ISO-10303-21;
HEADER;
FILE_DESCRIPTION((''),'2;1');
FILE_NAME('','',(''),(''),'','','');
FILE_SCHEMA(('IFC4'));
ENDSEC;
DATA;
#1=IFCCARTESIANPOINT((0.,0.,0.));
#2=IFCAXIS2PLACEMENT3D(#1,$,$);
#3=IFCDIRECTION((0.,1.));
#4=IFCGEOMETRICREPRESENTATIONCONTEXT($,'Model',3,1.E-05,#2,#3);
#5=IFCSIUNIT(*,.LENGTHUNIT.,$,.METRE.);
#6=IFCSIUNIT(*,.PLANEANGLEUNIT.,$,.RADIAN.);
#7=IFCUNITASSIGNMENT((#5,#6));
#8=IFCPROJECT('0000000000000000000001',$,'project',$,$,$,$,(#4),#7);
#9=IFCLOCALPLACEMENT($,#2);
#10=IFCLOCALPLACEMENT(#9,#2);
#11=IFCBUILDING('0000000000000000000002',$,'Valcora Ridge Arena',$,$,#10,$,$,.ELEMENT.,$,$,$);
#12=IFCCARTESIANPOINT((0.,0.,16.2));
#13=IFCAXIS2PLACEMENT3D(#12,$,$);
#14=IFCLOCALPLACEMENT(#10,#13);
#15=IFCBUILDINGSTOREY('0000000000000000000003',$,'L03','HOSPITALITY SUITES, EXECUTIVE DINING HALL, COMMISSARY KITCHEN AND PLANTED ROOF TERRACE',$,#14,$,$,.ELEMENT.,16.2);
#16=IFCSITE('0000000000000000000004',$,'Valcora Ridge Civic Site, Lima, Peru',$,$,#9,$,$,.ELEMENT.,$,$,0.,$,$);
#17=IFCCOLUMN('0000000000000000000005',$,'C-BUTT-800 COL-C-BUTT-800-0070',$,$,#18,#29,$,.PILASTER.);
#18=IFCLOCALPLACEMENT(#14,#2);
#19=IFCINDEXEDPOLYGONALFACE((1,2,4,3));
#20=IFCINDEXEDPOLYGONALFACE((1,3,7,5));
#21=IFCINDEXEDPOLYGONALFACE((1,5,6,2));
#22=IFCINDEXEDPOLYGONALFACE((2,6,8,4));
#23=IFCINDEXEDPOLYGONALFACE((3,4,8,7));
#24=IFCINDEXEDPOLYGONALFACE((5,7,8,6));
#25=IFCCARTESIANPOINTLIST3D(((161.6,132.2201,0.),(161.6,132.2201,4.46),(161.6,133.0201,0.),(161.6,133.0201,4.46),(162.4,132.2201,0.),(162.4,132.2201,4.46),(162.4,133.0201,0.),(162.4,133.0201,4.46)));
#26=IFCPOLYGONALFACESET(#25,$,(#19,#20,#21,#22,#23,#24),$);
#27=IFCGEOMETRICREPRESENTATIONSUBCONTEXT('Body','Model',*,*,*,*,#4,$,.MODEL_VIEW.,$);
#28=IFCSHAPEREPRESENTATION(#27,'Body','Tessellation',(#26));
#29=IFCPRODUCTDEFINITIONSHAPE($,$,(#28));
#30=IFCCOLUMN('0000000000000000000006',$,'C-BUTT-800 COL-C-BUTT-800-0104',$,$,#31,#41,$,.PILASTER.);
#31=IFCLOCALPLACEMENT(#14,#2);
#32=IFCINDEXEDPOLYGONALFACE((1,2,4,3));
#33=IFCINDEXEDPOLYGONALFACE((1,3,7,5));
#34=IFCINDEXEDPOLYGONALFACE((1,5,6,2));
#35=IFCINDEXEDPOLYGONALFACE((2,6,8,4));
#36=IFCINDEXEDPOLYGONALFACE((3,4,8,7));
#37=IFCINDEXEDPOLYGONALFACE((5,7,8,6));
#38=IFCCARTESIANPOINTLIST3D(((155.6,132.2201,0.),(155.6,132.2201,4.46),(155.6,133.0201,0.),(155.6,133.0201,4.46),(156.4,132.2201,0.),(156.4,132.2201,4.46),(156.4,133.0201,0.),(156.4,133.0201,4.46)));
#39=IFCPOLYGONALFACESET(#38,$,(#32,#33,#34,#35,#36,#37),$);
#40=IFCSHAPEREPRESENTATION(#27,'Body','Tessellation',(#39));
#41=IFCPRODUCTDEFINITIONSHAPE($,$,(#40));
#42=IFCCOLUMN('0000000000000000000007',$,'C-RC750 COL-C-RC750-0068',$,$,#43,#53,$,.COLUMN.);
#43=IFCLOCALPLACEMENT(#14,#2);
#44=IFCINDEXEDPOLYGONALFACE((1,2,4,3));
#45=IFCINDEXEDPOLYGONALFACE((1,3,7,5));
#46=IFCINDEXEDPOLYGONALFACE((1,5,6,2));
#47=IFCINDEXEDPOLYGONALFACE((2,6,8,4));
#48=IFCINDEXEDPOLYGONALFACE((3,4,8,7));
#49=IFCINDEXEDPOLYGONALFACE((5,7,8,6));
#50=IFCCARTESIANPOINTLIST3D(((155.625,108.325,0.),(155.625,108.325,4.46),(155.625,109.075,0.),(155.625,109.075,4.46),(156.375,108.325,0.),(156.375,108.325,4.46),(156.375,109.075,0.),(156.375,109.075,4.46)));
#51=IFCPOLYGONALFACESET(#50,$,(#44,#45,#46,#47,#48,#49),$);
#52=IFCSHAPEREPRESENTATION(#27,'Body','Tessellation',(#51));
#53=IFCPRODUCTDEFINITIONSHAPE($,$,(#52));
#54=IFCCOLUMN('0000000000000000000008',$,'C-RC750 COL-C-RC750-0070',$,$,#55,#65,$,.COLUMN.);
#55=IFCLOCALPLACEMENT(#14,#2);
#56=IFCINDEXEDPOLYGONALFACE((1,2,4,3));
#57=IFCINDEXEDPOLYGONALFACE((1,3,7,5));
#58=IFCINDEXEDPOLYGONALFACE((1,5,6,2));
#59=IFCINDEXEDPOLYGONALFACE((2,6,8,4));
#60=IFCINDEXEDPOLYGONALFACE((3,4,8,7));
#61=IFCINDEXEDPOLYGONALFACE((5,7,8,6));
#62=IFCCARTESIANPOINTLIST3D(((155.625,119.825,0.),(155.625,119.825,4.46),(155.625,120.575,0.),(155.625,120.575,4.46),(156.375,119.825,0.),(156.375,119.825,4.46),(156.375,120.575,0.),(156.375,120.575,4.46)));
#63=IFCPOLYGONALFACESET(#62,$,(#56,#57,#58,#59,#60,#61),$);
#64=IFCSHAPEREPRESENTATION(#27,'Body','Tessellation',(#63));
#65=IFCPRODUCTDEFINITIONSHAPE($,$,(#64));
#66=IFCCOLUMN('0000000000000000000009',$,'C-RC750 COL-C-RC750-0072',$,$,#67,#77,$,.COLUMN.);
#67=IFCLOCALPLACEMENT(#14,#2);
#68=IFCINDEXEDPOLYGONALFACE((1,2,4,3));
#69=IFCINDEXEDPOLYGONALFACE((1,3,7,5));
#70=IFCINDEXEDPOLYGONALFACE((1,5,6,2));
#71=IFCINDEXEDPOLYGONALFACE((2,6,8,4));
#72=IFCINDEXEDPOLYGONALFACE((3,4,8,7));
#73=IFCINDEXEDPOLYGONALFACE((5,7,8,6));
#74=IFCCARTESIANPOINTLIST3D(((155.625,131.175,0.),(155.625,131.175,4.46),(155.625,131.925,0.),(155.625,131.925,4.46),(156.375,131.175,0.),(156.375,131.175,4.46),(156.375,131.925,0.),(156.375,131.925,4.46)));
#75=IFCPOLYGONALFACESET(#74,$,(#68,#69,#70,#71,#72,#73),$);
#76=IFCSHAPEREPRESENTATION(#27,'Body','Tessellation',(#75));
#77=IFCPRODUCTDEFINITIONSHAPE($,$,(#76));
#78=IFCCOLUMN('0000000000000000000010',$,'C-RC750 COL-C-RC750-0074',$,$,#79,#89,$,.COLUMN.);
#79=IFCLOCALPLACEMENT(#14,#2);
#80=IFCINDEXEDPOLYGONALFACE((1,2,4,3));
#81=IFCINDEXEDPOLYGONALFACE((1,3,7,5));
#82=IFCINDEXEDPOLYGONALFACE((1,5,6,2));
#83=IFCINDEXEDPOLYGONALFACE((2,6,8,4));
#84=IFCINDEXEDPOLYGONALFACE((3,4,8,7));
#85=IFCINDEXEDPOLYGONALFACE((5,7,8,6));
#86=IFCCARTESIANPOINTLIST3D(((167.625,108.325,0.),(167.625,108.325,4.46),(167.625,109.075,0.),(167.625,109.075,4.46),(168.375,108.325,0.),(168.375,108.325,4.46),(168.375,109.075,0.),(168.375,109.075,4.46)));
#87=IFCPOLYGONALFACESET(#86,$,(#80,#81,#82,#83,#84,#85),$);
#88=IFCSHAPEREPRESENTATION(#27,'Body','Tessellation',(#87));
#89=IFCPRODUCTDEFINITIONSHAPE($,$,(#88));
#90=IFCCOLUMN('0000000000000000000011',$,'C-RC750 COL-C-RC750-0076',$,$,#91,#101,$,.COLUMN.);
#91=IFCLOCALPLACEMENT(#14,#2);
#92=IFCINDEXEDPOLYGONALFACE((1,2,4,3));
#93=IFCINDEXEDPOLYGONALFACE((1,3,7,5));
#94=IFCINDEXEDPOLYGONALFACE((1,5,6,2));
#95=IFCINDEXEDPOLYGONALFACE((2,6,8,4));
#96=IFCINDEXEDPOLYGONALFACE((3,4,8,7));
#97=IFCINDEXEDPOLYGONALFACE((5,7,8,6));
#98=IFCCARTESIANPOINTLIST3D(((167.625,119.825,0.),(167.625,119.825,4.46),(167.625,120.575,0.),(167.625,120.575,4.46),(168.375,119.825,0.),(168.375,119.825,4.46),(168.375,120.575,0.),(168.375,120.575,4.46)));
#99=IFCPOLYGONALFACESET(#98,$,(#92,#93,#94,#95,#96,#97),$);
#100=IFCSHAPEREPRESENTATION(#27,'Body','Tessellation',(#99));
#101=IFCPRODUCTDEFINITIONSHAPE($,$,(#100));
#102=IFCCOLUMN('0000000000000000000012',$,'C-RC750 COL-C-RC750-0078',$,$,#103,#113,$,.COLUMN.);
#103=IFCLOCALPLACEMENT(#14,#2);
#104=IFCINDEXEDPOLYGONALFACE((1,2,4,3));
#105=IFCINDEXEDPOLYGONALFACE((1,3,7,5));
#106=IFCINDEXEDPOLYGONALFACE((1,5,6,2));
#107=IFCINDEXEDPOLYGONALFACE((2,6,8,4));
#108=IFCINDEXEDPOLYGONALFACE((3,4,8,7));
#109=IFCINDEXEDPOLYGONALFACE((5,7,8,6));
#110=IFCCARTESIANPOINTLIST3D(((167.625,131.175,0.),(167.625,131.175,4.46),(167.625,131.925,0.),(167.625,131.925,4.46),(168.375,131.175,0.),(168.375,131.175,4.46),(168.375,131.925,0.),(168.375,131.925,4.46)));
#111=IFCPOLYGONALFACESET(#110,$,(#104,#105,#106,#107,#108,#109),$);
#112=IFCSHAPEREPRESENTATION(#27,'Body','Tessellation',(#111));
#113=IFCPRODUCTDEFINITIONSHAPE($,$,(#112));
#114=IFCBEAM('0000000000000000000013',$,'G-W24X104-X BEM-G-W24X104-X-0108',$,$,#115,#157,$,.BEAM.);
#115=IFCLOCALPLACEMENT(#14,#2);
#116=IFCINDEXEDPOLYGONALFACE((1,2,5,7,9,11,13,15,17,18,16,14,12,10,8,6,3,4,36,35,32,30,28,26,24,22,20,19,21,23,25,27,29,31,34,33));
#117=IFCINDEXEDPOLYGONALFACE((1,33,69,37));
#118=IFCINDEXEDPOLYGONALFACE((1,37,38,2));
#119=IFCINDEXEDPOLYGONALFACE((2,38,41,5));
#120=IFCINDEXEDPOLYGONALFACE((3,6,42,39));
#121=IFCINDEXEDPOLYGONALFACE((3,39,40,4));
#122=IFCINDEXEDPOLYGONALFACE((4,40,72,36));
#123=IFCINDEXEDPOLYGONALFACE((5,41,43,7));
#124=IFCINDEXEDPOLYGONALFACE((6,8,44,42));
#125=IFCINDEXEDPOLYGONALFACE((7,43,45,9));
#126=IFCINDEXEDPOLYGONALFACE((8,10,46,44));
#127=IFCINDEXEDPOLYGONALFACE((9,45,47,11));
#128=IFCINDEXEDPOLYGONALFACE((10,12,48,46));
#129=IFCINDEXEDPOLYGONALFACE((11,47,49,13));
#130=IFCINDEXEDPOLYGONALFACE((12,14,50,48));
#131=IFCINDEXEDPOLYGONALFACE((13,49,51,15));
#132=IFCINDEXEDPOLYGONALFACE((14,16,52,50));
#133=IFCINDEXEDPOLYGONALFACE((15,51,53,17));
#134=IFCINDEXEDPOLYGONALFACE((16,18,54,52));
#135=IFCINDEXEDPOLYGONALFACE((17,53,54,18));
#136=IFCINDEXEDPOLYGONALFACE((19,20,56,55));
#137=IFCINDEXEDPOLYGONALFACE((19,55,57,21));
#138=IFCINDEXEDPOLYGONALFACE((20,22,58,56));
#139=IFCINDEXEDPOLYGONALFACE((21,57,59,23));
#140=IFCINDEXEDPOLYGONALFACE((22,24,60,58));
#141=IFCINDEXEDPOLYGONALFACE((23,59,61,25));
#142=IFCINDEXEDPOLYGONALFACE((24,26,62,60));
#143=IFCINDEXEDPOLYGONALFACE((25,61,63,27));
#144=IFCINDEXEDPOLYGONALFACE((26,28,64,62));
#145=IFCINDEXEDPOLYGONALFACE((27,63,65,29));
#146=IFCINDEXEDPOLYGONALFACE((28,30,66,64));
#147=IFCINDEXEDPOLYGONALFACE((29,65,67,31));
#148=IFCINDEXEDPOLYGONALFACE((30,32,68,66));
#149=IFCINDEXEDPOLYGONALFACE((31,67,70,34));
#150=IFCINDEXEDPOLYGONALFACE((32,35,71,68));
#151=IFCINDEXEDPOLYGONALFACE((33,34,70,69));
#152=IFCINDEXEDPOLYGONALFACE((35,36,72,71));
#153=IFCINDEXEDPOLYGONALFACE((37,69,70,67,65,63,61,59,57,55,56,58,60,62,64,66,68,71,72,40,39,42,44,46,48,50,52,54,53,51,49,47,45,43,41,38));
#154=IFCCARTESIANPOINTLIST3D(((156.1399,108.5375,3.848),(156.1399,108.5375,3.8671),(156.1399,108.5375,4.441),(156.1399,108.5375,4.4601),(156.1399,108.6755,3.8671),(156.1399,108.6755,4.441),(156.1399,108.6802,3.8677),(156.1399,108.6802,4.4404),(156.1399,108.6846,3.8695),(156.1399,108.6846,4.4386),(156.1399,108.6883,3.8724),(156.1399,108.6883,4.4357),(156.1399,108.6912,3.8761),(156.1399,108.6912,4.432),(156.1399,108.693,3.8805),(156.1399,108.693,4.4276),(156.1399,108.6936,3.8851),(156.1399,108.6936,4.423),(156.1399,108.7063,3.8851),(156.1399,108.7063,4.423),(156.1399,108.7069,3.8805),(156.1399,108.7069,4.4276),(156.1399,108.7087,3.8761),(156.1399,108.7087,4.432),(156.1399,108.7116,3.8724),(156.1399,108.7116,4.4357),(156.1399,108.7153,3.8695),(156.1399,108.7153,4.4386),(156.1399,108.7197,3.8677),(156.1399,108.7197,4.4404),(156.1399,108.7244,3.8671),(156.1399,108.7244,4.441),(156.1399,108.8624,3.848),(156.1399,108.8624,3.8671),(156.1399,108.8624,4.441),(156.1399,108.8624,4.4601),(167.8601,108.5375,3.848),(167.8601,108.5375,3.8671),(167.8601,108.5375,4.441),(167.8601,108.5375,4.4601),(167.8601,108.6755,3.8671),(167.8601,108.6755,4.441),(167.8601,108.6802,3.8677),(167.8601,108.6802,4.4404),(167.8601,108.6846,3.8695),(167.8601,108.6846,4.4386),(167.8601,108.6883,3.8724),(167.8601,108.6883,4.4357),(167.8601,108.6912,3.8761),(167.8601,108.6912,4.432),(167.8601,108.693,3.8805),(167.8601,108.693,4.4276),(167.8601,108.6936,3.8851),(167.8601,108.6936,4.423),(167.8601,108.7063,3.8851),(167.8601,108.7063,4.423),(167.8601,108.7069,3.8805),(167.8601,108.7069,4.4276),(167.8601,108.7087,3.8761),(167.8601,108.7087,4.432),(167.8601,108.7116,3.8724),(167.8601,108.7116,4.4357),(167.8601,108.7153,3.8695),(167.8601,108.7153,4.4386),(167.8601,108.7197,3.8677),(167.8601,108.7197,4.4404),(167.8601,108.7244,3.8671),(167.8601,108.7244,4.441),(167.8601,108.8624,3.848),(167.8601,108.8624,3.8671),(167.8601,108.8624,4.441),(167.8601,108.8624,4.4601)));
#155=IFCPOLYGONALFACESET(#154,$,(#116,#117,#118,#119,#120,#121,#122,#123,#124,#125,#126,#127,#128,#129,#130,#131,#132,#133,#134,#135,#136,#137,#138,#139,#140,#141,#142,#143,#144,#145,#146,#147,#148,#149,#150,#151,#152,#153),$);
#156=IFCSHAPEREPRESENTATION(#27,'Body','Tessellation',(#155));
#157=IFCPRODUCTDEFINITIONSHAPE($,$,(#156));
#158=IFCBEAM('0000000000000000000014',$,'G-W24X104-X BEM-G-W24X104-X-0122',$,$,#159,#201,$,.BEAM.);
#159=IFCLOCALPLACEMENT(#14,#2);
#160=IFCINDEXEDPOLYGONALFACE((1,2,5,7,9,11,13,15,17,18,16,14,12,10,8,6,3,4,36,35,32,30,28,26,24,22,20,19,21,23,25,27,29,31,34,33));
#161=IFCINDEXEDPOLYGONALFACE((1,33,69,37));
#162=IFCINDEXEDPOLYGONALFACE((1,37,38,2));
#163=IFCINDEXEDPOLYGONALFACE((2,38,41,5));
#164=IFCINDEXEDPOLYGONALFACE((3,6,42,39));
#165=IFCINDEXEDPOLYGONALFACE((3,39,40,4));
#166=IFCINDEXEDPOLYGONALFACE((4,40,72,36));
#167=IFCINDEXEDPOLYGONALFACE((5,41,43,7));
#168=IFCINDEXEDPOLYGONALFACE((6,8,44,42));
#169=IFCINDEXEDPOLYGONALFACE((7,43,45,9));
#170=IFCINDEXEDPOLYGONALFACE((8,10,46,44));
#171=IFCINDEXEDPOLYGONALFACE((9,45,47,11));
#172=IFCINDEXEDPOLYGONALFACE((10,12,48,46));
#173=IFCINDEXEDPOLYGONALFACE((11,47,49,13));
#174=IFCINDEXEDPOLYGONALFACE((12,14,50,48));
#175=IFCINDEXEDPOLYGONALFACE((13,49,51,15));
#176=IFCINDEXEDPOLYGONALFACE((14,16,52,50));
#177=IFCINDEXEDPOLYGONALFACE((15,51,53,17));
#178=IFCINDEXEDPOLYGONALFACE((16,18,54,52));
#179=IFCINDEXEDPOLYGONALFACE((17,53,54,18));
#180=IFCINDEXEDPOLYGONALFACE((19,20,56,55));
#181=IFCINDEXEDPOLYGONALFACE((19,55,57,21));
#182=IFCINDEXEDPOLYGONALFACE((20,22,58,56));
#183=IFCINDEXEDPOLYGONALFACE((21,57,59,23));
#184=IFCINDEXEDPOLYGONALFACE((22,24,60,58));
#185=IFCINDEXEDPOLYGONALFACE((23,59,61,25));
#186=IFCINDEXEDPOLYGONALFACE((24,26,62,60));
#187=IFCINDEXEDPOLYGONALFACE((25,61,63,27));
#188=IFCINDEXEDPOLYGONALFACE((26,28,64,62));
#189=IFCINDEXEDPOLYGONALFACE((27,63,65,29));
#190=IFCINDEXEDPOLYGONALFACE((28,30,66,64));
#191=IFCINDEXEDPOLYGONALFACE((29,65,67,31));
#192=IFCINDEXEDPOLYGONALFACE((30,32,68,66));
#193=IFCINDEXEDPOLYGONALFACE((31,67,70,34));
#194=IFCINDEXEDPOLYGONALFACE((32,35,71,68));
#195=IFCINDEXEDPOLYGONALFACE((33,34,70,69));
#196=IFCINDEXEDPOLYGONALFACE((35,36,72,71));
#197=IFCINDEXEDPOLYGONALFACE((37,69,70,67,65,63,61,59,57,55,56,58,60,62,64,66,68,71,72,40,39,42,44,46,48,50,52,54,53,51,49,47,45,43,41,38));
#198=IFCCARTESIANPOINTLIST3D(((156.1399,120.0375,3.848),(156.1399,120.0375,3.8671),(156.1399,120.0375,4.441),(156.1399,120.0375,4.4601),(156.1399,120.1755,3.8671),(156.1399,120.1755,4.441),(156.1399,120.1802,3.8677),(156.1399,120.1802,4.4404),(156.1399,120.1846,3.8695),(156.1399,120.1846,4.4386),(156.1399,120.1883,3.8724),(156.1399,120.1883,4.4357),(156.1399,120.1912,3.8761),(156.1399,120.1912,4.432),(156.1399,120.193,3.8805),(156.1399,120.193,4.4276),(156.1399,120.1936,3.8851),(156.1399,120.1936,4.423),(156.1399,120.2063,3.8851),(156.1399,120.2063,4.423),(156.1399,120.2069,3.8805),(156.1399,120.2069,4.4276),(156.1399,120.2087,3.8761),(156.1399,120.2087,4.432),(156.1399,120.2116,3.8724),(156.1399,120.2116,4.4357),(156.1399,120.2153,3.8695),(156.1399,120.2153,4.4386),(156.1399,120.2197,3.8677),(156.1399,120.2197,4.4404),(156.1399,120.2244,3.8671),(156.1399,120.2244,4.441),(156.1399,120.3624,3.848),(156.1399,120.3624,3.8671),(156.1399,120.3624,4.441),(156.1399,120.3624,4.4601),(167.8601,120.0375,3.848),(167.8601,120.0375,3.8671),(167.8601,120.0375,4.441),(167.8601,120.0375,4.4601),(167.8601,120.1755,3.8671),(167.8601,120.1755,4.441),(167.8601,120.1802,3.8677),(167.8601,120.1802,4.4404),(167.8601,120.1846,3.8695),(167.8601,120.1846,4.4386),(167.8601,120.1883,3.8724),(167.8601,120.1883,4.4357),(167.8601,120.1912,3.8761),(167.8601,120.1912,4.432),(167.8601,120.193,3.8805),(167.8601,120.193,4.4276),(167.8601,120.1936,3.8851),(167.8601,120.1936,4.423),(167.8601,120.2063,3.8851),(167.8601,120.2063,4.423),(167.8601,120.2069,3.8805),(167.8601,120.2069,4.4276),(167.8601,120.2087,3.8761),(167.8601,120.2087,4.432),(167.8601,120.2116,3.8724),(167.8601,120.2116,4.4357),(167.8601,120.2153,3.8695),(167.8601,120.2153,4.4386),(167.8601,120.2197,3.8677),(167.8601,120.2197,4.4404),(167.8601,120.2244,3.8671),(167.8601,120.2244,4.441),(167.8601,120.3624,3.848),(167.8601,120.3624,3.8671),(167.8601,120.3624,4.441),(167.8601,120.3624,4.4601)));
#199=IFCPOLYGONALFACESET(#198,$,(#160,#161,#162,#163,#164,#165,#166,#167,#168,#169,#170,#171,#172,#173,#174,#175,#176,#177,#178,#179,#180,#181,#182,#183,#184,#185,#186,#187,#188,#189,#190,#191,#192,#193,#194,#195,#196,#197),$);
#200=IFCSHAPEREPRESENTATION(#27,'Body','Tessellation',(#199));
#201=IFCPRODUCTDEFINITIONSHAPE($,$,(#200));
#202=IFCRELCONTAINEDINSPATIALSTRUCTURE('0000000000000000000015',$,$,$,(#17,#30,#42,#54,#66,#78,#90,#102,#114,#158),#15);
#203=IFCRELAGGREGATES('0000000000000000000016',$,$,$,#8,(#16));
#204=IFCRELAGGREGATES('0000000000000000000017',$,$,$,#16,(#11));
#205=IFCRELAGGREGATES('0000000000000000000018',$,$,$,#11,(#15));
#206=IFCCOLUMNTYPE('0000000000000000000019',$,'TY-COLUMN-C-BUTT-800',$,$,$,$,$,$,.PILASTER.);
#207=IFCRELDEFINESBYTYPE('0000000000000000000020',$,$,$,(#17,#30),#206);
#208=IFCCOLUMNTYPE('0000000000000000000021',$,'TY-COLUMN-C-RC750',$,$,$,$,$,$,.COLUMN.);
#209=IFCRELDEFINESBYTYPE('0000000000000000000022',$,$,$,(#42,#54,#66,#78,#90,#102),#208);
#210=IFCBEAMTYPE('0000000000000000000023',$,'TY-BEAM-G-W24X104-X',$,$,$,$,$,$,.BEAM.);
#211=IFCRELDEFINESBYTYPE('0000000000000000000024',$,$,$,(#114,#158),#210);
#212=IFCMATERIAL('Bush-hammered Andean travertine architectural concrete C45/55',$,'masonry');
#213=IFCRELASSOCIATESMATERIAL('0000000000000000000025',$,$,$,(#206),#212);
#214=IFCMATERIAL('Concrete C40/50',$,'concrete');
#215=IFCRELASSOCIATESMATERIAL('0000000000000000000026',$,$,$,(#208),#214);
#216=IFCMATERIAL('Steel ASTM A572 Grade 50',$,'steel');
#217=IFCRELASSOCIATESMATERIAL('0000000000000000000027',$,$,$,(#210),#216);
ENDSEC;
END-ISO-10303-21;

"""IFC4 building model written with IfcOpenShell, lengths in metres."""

from ifc_helpers import new_model, si_unit, direction, frame, origin, origin_2d, place, context, subcontext, project, spatial, rectangle, i_section, extrude, material, material_profile, profile_set, type_object, element, save


model = new_model("IFC4")

# Units and contexts
model_context = context("Model", 3, precision=1e-05, world=origin(), true_north=direction((0.0, 1.0)))
body_context = subcontext(model_context, "Body", "Model", "MODEL_VIEW")
ifc_project = project(units=[si_unit("LENGTHUNIT", "METRE"), si_unit("PLANEANGLEUNIT", "RADIAN")], contexts=[model_context])

# Site, building, storey
site_placement = place(None, origin())
site = spatial("IfcSite", under=ifc_project, at=site_placement, Name="Valcora Ridge Civic Site, Lima, Peru", CompositionType="ELEMENT", RefElevation=0.0)
building_placement = place(site_placement, origin())
building = spatial("IfcBuilding", under=site, at=building_placement, Name="Valcora Ridge Arena", CompositionType="ELEMENT")
storey_placement = place(building_placement, frame((0.0, 0.0, 16.2)))
storey = spatial("IfcBuildingStorey", under=building, at=storey_placement, Name="L03", Description="HOSPITALITY SUITES, EXECUTIVE DINING HALL, COMMISSARY KITCHEN AND PLANTED ROOF TERRACE", CompositionType="ELEMENT", Elevation=16.2)

# Columns
ifc_material_1 = material(Name="Bush-hammered Andean travertine architectural concrete C45/55", Category="masonry")
ifc_material_profile_1 = material_profile(ifc_material_1, rectangle(XDim=0.8, YDim=0.8, at=origin_2d()), Name="RC 800x800")
ifc_profile_set_1 = profile_set([ifc_material_profile_1], Name="Bush-hammered Andean travertine architectural concrete C45/55")
column_type_1 = type_object("IfcColumnType", Name="TY-COLUMN-C-BUTT-800", PredefinedType="PILASTER", material=ifc_profile_set_1)
for number, where, z_axis, x_axis, name in (
    (1, (162.0, 132.6201, 0.0), (0.0, 0.0, 1.0), (1.0, 0.0, 0.0), "C-BUTT-800 COL-C-BUTT-800-0070"),
    (2, (156.0, 132.6201, 0.0), (0.0, 0.0, 1.0), (1.0, 0.0, 0.0), "C-BUTT-800 COL-C-BUTT-800-0104"),
):
    element("IfcColumn", number, at=place(storey_placement, frame(where, z_axis=z_axis, x_axis=x_axis)), inside=storey, type_object=column_type_1, Name=name, PredefinedType="PILASTER", context=body_context, shape_type="SweptSolid", body=[
        extrude(rectangle(XDim=0.8, YDim=0.8, at=origin_2d()), origin(), (0.0, 0.0, 1.0), 4.46),
    ])
ifc_material_2 = material(Name="Concrete C40/50", Category="concrete")
ifc_material_profile_2 = material_profile(ifc_material_2, rectangle(XDim=0.75, YDim=0.75, at=origin_2d()), Name="RC 750x750")
ifc_profile_set_2 = profile_set([ifc_material_profile_2], Name="Concrete C40/50")
column_type_2 = type_object("IfcColumnType", Name="TY-COLUMN-C-RC750", PredefinedType="COLUMN", material=ifc_profile_set_2)
for number, where, z_axis, x_axis, name in (
    (3, (156.0, 108.7, 0.0), (0.0, 0.0, 1.0), (1.0, 0.0, 0.0), "C-RC750 COL-C-RC750-0068"),
    (4, (156.0, 120.2, 0.0), (0.0, 0.0, 1.0), (1.0, 0.0, 0.0), "C-RC750 COL-C-RC750-0070"),
    (5, (156.0, 131.55, 0.0), (0.0, 0.0, 1.0), (1.0, 0.0, 0.0), "C-RC750 COL-C-RC750-0072"),
    (6, (168.0, 108.7, 0.0), (0.0, 0.0, 1.0), (1.0, 0.0, 0.0), "C-RC750 COL-C-RC750-0074"),
    (7, (168.0, 120.2, 0.0), (0.0, 0.0, 1.0), (1.0, 0.0, 0.0), "C-RC750 COL-C-RC750-0076"),
    (8, (168.0, 131.55, 0.0), (0.0, 0.0, 1.0), (1.0, 0.0, 0.0), "C-RC750 COL-C-RC750-0078"),
):
    element("IfcColumn", number, at=place(storey_placement, frame(where, z_axis=z_axis, x_axis=x_axis)), inside=storey, type_object=column_type_2, Name=name, PredefinedType="COLUMN", context=body_context, shape_type="SweptSolid", body=[
        extrude(rectangle(XDim=0.75, YDim=0.75, at=origin_2d()), origin(), (0.0, 0.0, 1.0), 4.46),
    ])

# Beams
ifc_material_3 = material(Name="Steel ASTM A572 Grade 50", Category="steel")
ifc_material_profile_3 = material_profile(ifc_material_3, i_section(OverallWidth=0.325, OverallDepth=0.6121, WebThickness=0.0127, FlangeThickness=0.019, FilletRadius=0.0181, at=origin_2d()), Name="W24X104")
ifc_profile_set_3 = profile_set([ifc_material_profile_3], Name="Steel ASTM A572 Grade 50")
beam_type_1 = type_object("IfcBeamType", Name="TY-BEAM-G-W24X104-X", PredefinedType="BEAM", material=ifc_profile_set_3)
for number, where, z_axis, x_axis, name in (
    (9, (156.1399, 108.7, 4.1541), (1.0, 0.0, 0.0), (0.0, 1.0, 0.0), "G-W24X104-X BEM-G-W24X104-X-0108"),
    (10, (156.1399, 120.2, 4.1541), (1.0, 0.0, 0.0), (0.0, 1.0, 0.0), "G-W24X104-X BEM-G-W24X104-X-0122"),
):
    element("IfcBeam", number, at=place(storey_placement, frame(where, z_axis=z_axis, x_axis=x_axis)), inside=storey, type_object=beam_type_1, Name=name, PredefinedType="BEAM", context=body_context, shape_type="SweptSolid", body=[
        extrude(i_section(OverallWidth=0.325, OverallDepth=0.6121, WebThickness=0.0127, FlangeThickness=0.019, FilletRadius=0.0181, at=origin_2d()), origin(), (0.0, 0.0, 1.0), 11.7202),
    ])

save(model, "model.ifc")
